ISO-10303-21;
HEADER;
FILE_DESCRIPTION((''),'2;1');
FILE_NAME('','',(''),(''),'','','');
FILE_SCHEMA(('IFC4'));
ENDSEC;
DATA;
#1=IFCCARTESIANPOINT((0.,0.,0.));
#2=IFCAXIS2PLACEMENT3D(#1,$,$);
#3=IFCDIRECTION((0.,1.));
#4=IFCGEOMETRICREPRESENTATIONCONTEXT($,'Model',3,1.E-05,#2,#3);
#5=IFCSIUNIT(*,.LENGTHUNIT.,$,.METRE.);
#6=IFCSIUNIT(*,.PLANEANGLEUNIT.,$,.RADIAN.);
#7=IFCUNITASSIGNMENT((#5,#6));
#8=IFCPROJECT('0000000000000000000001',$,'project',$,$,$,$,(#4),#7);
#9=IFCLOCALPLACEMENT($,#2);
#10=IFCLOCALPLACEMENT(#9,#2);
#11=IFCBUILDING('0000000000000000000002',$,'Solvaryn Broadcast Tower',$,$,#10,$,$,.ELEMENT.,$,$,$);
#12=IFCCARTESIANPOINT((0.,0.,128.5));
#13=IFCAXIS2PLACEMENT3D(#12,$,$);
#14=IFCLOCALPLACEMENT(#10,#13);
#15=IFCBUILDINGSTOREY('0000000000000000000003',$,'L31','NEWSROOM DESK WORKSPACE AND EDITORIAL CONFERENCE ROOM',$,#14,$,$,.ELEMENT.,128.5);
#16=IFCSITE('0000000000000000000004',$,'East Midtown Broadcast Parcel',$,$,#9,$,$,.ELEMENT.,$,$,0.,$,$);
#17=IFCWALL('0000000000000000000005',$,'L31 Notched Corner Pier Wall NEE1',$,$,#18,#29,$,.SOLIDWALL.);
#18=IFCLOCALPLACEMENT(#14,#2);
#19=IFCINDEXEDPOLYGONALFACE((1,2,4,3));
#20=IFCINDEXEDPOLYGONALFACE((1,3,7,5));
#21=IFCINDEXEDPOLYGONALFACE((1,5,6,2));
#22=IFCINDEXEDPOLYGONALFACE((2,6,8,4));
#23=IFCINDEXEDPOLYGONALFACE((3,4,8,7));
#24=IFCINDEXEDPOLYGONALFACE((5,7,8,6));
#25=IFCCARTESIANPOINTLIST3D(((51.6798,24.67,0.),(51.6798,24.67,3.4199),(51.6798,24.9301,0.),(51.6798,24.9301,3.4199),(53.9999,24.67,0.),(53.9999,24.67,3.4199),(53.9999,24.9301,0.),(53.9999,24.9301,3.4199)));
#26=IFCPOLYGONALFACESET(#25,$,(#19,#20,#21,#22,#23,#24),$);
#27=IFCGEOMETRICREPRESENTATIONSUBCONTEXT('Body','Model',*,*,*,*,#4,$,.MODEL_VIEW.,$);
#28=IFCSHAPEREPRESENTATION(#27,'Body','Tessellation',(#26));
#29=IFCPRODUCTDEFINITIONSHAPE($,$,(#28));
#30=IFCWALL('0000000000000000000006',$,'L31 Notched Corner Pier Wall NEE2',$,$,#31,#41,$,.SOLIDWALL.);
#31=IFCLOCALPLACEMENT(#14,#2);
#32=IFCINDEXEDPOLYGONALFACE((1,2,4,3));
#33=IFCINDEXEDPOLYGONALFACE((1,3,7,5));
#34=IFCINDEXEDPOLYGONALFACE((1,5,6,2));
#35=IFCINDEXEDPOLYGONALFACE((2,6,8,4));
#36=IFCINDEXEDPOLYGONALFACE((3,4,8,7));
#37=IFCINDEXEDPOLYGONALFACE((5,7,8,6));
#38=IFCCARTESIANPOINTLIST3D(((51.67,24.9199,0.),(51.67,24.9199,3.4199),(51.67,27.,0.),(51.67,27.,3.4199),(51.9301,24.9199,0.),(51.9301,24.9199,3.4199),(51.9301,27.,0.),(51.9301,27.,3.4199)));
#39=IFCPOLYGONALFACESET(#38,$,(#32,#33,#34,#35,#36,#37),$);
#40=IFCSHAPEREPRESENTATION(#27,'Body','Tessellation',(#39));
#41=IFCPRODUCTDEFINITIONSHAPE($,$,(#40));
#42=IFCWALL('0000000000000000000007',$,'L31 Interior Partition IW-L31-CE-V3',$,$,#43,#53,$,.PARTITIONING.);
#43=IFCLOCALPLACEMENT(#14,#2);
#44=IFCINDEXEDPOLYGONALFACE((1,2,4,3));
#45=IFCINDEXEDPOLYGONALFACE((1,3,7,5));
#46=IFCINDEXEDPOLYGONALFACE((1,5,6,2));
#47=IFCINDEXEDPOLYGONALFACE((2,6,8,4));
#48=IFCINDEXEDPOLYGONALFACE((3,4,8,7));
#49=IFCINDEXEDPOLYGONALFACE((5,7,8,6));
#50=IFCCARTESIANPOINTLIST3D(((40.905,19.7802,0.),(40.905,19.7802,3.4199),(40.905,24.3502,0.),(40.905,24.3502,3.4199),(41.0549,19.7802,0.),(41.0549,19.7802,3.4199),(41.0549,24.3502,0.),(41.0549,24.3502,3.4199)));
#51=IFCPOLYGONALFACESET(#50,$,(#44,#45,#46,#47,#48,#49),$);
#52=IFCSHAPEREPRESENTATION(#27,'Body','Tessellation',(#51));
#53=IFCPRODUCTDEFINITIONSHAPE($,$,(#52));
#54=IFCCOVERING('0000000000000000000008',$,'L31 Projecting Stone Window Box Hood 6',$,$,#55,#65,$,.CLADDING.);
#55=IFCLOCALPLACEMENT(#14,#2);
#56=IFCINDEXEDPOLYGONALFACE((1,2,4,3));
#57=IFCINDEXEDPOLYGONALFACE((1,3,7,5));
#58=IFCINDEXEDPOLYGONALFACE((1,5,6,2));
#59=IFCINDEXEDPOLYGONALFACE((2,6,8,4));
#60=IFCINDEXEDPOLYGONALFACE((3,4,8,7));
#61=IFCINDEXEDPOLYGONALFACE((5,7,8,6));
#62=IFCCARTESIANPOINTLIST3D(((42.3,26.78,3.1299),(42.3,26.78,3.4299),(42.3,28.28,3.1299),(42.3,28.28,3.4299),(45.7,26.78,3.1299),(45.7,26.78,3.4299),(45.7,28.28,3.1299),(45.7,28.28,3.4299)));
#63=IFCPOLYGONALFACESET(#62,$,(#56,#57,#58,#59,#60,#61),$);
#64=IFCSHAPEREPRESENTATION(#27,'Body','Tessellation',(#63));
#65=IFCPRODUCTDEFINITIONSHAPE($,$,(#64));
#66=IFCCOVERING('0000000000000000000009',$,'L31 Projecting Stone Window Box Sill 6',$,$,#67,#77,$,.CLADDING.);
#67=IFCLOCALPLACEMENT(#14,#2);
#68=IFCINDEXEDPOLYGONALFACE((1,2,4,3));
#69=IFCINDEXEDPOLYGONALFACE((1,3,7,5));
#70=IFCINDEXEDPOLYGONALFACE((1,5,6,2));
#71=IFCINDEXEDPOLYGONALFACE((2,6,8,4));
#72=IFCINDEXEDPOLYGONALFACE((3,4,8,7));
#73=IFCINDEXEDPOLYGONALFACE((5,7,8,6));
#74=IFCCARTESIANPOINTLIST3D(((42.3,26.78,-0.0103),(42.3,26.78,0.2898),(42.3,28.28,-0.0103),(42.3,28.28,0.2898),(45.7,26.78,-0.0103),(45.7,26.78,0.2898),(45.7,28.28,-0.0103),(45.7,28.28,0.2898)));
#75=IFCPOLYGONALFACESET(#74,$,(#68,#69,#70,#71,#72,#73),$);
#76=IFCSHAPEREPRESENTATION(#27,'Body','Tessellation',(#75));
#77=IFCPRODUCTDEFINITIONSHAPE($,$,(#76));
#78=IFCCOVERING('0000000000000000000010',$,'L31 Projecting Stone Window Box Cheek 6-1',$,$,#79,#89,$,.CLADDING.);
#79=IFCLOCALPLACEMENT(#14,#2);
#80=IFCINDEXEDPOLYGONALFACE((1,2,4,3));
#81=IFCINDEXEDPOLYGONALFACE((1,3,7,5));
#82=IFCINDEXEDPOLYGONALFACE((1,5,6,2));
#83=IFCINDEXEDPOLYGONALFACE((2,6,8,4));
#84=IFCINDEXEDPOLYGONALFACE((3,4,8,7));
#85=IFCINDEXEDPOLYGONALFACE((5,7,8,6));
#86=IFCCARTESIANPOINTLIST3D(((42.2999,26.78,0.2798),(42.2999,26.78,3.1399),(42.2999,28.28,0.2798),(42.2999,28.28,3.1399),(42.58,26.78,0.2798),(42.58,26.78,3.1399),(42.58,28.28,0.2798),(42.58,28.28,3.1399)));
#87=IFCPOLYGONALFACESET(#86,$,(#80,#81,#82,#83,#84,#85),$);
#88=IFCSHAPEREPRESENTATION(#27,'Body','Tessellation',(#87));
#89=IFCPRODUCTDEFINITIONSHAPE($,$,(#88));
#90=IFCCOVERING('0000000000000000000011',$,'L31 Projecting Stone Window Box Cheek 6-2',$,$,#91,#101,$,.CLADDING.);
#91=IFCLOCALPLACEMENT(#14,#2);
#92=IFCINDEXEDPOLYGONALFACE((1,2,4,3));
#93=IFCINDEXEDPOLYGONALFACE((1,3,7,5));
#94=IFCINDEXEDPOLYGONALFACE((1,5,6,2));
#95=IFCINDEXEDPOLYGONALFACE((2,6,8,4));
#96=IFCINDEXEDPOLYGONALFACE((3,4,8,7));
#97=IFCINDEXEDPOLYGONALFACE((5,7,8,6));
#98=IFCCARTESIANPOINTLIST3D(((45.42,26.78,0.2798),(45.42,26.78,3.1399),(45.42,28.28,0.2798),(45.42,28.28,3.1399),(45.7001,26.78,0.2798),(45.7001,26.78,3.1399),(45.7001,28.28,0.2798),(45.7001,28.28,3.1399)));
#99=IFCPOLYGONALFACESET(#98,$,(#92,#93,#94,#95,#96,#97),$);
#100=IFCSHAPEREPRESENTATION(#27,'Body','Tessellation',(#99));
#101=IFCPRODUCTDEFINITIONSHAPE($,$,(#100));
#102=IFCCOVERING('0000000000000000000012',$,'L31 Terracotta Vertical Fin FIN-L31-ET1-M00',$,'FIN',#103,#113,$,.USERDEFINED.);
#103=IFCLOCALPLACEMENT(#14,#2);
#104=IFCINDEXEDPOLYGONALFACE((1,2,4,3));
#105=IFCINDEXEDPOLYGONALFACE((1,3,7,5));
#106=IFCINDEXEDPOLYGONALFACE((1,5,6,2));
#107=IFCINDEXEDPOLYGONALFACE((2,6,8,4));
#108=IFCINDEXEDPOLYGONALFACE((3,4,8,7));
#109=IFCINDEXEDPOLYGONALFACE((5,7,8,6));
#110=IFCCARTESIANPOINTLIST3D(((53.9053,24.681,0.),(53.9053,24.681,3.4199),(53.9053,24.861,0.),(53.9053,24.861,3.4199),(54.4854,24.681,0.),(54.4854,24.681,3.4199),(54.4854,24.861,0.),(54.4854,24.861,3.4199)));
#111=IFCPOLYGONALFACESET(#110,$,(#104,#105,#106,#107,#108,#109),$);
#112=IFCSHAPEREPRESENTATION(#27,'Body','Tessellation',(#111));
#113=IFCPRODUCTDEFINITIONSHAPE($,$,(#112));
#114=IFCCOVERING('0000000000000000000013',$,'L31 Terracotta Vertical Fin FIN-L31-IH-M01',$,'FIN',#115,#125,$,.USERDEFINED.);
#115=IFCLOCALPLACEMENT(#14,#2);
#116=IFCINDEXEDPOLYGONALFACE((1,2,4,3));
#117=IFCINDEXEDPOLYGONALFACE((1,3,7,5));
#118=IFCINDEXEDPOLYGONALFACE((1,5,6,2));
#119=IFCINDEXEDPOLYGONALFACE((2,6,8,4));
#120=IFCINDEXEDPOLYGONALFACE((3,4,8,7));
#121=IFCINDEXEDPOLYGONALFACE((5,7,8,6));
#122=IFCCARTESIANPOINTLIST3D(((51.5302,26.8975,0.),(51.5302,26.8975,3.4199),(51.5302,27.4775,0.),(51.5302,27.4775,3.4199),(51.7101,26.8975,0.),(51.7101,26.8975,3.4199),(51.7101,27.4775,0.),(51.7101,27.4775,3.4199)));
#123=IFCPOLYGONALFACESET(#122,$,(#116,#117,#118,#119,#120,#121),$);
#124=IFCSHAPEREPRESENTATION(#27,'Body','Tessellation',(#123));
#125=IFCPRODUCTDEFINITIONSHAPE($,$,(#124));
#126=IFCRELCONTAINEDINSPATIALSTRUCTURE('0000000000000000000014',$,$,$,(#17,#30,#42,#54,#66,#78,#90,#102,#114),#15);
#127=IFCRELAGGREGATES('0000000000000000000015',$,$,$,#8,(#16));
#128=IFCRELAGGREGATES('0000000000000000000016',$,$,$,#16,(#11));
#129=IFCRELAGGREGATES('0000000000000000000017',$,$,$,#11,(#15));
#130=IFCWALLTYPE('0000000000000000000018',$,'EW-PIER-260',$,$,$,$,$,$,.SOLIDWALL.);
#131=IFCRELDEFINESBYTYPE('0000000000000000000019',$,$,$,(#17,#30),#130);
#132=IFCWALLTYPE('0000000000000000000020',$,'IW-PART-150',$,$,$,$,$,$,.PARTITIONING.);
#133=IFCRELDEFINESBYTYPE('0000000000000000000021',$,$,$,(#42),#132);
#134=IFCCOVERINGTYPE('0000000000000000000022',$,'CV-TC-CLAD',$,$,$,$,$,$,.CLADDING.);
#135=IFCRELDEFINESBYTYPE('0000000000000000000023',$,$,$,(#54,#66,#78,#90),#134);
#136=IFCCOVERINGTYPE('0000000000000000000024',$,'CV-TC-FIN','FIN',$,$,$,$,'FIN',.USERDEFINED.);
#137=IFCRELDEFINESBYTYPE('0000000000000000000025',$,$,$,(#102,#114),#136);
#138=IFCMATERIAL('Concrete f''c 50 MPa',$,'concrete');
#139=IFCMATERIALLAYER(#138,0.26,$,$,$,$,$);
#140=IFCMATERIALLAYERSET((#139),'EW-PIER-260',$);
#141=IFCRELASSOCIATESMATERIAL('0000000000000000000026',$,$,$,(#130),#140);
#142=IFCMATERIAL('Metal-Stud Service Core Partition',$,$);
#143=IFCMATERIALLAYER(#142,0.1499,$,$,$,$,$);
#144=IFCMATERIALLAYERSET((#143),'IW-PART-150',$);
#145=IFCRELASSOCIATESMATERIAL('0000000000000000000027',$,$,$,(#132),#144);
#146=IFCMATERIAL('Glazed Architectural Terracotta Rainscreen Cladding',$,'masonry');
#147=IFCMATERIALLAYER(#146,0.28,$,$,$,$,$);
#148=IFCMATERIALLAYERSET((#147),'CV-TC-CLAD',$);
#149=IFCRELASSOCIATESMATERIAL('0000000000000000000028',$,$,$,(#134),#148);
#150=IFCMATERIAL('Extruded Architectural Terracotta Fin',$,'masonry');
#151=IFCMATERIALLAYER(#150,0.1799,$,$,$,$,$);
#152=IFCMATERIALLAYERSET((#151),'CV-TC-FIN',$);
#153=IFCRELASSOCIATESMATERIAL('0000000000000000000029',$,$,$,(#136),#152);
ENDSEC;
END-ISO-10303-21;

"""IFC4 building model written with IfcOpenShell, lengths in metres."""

from ifc_helpers import new_model, si_unit, direction, frame, frame_2d, origin, origin_2d, place, context, subcontext, project, spatial, rectangle, extrude, material, layer, layer_set, type_object, element, save


model = new_model("IFC4")

# Units and contexts
model_context = context("Model", 3, precision=1e-05, world=origin(), true_north=direction((0.0, 1.0)))
body_context = subcontext(model_context, "Body", "Model", "MODEL_VIEW")
ifc_project = project(units=[si_unit("LENGTHUNIT", "METRE"), si_unit("PLANEANGLEUNIT", "RADIAN")], contexts=[model_context])

# Site, building, storey
site_placement = place(None, origin())
site = spatial("IfcSite", under=ifc_project, at=site_placement, Name="East Midtown Broadcast Parcel", CompositionType="ELEMENT", RefElevation=0.0)
building_placement = place(site_placement, origin())
building = spatial("IfcBuilding", under=site, at=building_placement, Name="Solvaryn Broadcast Tower", CompositionType="ELEMENT")
storey_placement = place(building_placement, frame((0.0, 0.0, 128.5)))
storey = spatial("IfcBuildingStorey", under=building, at=storey_placement, Name="L31", Description="NEWSROOM DESK WORKSPACE AND EDITORIAL CONFERENCE ROOM", CompositionType="ELEMENT", Elevation=128.5)

# Walls
ifc_material_1 = material(Name="Concrete f'c 50 MPa", Category="concrete")
ifc_layer_1 = layer(ifc_material_1, 0.26)
ifc_layer_set_1 = layer_set([ifc_layer_1], Name="EW-PIER-260")
wall_type_1 = type_object("IfcWallType", Name="EW-PIER-260", PredefinedType="SOLIDWALL", material=ifc_layer_set_1)
wall_1_placement = place(storey_placement, frame((54.0, 24.8, 0.0), z_axis=(0.0, 0.0, 1.0), x_axis=(-1.0, 0.0, 0.0)))
element("IfcWall", 1, at=wall_1_placement, inside=storey, type_object=wall_type_1, Name="L31 Notched Corner Pier Wall NEE1", PredefinedType="SOLIDWALL", context=body_context, shape_type="SweptSolid", body=[
    extrude(rectangle(XDim=2.3201, YDim=0.26, at=frame_2d((1.1602, 0.0))), origin(), (0.0, 0.0, 1.0), 3.4199),
])
wall_2_placement = place(storey_placement, frame((51.8, 24.9199, 0.0), z_axis=(0.0, 0.0, 1.0), x_axis=(0.0, 1.0, 0.0)))
element("IfcWall", 2, at=wall_2_placement, inside=storey, type_object=wall_type_1, Name="L31 Notched Corner Pier Wall NEE2", PredefinedType="SOLIDWALL", context=body_context, shape_type="SweptSolid", body=[
    extrude(rectangle(XDim=2.0801, YDim=0.26, at=frame_2d((1.04, 0.0))), origin(), (0.0, 0.0, 1.0), 3.4199),
])
ifc_material_2 = material(Name="Metal-Stud Service Core Partition")
ifc_layer_2 = layer(ifc_material_2, 0.1499)
ifc_layer_set_2 = layer_set([ifc_layer_2], Name="IW-PART-150")
wall_type_2 = type_object("IfcWallType", Name="IW-PART-150", PredefinedType="PARTITIONING", material=ifc_layer_set_2)
wall_3_placement = place(storey_placement, frame((40.98, 19.78, 0.0), z_axis=(0.0, 0.0, 1.0), x_axis=(0.0, 1.0, 0.0)))
element("IfcWall", 3, at=wall_3_placement, inside=storey, type_object=wall_type_2, Name="L31 Interior Partition IW-L31-CE-V3", PredefinedType="PARTITIONING", context=body_context, shape_type="SweptSolid", body=[
    extrude(rectangle(XDim=4.5701, YDim=0.1499, at=frame_2d((2.2852, 0.0))), origin(), (0.0, 0.0, 1.0), 3.4199),
])

# Coverings
ifc_material_3 = material(Name="Glazed Architectural Terracotta Rainscreen Cladding", Category="masonry")
ifc_layer_3 = layer(ifc_material_3, 0.28)
ifc_layer_set_3 = layer_set([ifc_layer_3], Name="CV-TC-CLAD")
covering_type_1 = type_object("IfcCoveringType", Name="CV-TC-CLAD", PredefinedType="CLADDING", material=ifc_layer_set_3)
for number, where, z_axis, x_axis, name in (
    (4, (44.0, 27.53, 3.1299), (0.0, 0.0, 1.0), (1.0, 0.0, 0.0), "L31 Projecting Stone Window Box Hood 6"),
    (5, (44.0, 27.53, -0.0103), (0.0, 0.0, 1.0), (1.0, 0.0, 0.0), "L31 Projecting Stone Window Box Sill 6"),
):
    element("IfcCovering", number, at=place(storey_placement, frame(where, z_axis=z_axis, x_axis=x_axis)), inside=storey, type_object=covering_type_1, Name=name, PredefinedType="CLADDING", context=body_context, shape_type="SweptSolid", body=[
        extrude(rectangle(XDim=3.3999, YDim=1.5, at=origin_2d()), origin(), (0.0, 0.0, 1.0), 0.3),
    ])
for number, where, z_axis, x_axis, name in (
    (6, (42.4399, 27.53, 0.2798), (0.0, 0.0, 1.0), (1.0, 0.0, 0.0), "L31 Projecting Stone Window Box Cheek 6-1"),
    (7, (45.5601, 27.53, 0.2798), (0.0, 0.0, 1.0), (1.0, 0.0, 0.0), "L31 Projecting Stone Window Box Cheek 6-2"),
):
    element("IfcCovering", number, at=place(storey_placement, frame(where, z_axis=z_axis, x_axis=x_axis)), inside=storey, type_object=covering_type_1, Name=name, PredefinedType="CLADDING", context=body_context, shape_type="SweptSolid", body=[
        extrude(rectangle(XDim=0.28, YDim=1.5, at=origin_2d()), origin(), (0.0, 0.0, 1.0), 2.8601),
    ])
ifc_material_4 = material(Name="Extruded Architectural Terracotta Fin", Category="masonry")
ifc_layer_4 = layer(ifc_material_4, 0.1799)
ifc_layer_set_4 = layer_set([ifc_layer_4], Name="CV-TC-FIN")
covering_type_2 = type_object("IfcCoveringType", Name="CV-TC-FIN", Description="FIN", ElementType="FIN", PredefinedType="USERDEFINED", material=ifc_layer_set_4)
covering_1_placement = place(storey_placement, frame((54.1953, 24.771, 0.0), z_axis=(0.0, 0.0, 1.0), x_axis=(1.0, 0.0, 0.0)))
element("IfcCovering", 8, at=covering_1_placement, inside=storey, type_object=covering_type_2, Name="L31 Terracotta Vertical Fin FIN-L31-ET1-M00", ObjectType="FIN", PredefinedType="USERDEFINED", context=body_context, shape_type="SweptSolid", body=[
    extrude(rectangle(XDim=0.5801, YDim=0.1799, at=origin_2d()), origin(), (0.0, 0.0, 1.0), 3.4199),
])
covering_2_placement = place(storey_placement, frame((51.6201, 27.1875, 0.0), z_axis=(0.0, 0.0, 1.0), x_axis=(1.0, 0.0, 0.0)))
element("IfcCovering", 9, at=covering_2_placement, inside=storey, type_object=covering_type_2, Name="L31 Terracotta Vertical Fin FIN-L31-IH-M01", ObjectType="FIN", PredefinedType="USERDEFINED", context=body_context, shape_type="SweptSolid", body=[
    extrude(rectangle(XDim=0.1799, YDim=0.5801, at=origin_2d()), origin(), (0.0, 0.0, 1.0), 3.4199),
])

save(model, "model.ifc")
